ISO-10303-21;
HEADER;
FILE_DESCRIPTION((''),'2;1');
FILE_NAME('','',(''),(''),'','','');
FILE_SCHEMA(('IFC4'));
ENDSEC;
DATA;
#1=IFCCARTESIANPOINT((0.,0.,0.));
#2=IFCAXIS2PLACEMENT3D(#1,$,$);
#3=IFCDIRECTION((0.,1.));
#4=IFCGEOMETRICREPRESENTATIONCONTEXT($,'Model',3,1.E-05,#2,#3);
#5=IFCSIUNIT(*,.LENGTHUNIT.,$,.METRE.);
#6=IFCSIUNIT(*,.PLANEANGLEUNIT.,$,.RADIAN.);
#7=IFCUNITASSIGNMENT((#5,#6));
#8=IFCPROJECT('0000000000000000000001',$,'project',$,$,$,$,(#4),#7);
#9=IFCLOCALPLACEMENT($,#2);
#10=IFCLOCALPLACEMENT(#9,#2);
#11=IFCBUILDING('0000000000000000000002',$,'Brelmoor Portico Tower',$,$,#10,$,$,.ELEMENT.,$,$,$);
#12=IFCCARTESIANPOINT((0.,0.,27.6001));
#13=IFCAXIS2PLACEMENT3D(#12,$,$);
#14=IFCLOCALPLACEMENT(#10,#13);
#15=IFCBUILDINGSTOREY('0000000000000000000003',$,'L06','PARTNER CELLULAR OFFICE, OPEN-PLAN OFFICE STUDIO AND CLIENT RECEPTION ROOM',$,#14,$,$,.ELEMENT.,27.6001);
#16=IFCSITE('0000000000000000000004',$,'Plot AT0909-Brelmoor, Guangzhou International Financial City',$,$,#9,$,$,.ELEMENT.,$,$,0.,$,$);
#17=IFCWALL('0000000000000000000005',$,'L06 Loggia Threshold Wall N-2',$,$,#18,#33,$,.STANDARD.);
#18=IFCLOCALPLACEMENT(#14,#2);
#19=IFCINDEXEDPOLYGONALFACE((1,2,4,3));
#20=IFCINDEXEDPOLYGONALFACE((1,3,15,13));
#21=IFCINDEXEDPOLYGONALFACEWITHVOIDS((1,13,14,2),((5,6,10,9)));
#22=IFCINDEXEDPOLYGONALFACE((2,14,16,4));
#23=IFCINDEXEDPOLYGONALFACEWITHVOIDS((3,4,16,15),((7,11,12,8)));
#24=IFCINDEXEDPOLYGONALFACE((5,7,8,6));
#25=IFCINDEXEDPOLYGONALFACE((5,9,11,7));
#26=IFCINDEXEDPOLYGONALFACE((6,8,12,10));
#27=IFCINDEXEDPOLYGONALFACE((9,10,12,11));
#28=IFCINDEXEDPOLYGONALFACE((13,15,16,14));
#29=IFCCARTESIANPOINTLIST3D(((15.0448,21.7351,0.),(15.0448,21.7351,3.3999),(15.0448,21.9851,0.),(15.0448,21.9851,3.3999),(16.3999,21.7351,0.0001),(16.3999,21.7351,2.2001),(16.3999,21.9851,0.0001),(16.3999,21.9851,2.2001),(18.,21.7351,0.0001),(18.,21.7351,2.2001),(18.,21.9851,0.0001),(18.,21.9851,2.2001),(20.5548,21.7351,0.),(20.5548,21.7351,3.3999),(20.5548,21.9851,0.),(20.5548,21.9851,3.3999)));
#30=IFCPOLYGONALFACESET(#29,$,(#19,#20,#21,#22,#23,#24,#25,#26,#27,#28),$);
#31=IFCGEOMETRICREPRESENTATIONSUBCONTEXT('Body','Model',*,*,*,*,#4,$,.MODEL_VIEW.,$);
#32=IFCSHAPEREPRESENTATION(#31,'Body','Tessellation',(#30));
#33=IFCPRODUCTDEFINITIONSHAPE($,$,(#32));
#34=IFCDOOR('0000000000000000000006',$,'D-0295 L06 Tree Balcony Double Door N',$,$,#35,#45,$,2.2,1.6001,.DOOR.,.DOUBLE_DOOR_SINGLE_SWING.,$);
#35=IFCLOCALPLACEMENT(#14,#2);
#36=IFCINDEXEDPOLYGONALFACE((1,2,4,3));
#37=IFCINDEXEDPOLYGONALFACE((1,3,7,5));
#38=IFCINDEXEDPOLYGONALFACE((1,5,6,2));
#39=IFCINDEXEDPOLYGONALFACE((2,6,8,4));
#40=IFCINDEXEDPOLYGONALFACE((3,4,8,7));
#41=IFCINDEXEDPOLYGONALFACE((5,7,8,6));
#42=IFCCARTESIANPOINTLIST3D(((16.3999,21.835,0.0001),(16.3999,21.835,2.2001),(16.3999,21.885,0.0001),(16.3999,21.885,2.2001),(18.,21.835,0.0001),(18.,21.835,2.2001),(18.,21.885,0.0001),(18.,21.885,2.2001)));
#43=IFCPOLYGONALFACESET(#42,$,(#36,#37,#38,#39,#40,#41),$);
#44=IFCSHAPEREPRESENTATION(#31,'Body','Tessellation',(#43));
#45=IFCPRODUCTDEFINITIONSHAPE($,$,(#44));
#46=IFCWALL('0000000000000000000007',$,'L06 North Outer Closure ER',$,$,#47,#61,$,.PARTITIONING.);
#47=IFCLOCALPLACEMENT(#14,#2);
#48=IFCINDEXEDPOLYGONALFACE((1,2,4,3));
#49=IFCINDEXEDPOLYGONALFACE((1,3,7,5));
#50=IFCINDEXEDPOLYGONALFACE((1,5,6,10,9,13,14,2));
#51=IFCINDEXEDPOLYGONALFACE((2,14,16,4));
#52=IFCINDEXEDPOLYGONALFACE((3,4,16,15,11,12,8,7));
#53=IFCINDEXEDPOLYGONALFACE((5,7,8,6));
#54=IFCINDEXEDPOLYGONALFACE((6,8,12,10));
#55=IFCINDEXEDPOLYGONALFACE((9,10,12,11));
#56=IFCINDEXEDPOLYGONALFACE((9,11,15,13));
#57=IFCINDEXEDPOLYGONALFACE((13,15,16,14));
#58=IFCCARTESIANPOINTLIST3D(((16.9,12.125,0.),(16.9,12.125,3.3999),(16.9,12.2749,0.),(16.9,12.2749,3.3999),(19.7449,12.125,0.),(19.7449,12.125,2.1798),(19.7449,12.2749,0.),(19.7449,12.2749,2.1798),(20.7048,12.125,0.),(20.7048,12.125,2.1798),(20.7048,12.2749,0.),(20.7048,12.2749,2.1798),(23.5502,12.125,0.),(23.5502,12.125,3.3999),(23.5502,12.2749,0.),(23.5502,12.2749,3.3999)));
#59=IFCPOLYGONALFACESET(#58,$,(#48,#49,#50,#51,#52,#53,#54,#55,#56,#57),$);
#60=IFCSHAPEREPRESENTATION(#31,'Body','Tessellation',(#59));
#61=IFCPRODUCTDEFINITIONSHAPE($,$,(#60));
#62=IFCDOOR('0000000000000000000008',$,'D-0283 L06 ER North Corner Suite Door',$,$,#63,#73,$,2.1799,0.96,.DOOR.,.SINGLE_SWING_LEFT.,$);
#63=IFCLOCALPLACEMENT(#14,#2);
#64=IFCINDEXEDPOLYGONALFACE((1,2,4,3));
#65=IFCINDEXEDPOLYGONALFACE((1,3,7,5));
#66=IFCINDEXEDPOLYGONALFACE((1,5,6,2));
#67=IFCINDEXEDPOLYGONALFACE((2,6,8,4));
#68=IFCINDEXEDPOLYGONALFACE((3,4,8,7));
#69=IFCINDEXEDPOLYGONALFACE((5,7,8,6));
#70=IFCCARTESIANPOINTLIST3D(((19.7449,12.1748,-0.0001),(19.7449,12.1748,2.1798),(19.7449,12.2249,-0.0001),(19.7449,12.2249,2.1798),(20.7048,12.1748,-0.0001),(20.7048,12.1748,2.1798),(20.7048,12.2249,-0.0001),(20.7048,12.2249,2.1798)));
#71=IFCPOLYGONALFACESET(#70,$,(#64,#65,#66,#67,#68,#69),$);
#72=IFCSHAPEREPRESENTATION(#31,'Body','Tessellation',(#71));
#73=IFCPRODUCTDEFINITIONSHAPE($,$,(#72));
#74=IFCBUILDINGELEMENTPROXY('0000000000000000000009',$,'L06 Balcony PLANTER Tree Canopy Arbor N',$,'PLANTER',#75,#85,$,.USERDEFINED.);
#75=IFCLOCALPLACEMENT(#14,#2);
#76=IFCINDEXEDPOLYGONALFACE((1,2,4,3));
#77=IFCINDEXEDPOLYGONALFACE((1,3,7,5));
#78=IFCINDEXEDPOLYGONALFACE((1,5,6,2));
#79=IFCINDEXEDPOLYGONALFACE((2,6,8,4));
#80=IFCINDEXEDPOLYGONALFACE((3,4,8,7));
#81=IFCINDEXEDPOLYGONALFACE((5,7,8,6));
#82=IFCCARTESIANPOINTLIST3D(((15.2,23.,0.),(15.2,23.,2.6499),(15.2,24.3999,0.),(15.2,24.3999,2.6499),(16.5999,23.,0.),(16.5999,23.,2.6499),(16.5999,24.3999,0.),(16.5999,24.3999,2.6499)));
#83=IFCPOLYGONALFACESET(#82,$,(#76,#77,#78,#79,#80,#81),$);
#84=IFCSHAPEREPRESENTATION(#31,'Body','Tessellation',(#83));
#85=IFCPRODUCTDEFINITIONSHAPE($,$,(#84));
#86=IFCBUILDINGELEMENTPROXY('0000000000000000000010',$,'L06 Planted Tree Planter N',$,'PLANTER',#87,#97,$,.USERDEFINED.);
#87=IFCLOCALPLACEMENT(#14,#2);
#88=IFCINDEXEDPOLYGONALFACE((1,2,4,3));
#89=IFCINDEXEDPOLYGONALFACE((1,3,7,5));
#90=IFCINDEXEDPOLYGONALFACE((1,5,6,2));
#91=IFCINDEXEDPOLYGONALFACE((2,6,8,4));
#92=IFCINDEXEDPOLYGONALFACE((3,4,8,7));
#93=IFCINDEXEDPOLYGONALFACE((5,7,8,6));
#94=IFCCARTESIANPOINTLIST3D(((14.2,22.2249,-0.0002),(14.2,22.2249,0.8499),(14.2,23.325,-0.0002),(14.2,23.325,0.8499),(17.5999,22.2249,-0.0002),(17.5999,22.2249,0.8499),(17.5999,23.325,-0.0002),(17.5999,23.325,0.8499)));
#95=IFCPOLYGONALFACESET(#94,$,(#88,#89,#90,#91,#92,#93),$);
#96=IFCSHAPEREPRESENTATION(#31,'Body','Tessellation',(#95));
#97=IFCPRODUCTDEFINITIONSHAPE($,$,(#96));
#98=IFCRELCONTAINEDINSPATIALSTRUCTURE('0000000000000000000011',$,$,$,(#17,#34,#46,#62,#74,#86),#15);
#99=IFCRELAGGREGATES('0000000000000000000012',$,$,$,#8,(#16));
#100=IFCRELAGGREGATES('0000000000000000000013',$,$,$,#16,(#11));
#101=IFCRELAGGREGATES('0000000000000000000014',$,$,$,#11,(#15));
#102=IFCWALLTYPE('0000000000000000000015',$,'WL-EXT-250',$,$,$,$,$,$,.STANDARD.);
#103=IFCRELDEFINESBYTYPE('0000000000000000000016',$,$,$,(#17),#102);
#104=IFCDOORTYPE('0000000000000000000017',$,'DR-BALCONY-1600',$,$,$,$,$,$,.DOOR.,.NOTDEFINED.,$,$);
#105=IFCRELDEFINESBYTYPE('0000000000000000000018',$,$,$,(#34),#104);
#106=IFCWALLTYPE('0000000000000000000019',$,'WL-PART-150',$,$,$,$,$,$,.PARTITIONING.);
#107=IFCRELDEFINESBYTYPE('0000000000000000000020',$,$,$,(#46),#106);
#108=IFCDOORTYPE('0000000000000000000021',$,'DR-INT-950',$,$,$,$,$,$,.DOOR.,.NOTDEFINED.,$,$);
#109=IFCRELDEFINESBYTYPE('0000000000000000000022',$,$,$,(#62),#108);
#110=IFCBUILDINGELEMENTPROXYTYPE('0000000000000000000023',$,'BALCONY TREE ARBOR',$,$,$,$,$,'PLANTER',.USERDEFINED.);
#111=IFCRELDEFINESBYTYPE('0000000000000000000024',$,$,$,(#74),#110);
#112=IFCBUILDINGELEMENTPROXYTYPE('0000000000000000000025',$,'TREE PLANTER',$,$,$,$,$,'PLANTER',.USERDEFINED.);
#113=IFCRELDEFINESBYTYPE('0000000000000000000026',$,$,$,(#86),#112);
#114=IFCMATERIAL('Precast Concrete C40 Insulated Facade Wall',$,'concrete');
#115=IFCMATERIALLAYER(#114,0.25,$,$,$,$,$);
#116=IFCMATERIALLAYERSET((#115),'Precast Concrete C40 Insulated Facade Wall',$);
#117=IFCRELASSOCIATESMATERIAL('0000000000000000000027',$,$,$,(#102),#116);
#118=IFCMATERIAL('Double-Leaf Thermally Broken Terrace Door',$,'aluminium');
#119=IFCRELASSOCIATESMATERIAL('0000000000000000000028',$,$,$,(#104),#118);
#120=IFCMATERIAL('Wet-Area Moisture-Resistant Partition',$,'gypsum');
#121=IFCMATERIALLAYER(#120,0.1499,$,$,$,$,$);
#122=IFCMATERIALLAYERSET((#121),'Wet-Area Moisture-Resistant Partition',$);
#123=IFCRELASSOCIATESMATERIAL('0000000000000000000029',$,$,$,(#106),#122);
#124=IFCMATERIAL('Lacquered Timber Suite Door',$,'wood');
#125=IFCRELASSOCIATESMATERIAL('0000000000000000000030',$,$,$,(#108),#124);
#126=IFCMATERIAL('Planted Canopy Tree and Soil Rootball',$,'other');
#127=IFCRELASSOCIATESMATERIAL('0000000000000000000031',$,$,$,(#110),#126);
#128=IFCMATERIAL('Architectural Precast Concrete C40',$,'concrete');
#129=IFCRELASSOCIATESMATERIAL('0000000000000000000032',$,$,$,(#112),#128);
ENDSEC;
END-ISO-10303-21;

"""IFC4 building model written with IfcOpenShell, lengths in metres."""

from ifc_helpers import new_model, si_unit, direction, frame, frame_2d, origin, origin_2d, place, context, subcontext, project, spatial, rectangle, extrude, material, layer, layer_set, type_object, element, fill, save


model = new_model("IFC4")

# Units and contexts
model_context = context("Model", 3, precision=1e-05, world=origin(), true_north=direction((0.0, 1.0)))
body_context = subcontext(model_context, "Body", "Model", "MODEL_VIEW")
ifc_project = project(units=[si_unit("LENGTHUNIT", "METRE"), si_unit("PLANEANGLEUNIT", "RADIAN")], contexts=[model_context])

# Site, building, storey
site_placement = place(None, origin())
site = spatial("IfcSite", under=ifc_project, at=site_placement, Name="Plot AT0909-Brelmoor, Guangzhou International Financial City", CompositionType="ELEMENT", RefElevation=0.0)
building_placement = place(site_placement, origin())
building = spatial("IfcBuilding", under=site, at=building_placement, Name="Brelmoor Portico Tower", CompositionType="ELEMENT")
storey_placement = place(building_placement, frame((0.0, 0.0, 27.6001)))
storey = spatial("IfcBuildingStorey", under=building, at=storey_placement, Name="L06", Description="PARTNER CELLULAR OFFICE, OPEN-PLAN OFFICE STUDIO AND CLIENT RECEPTION ROOM", CompositionType="ELEMENT", Elevation=27.6001)

# Walls, openings, doors
ifc_material_1 = material(Name="Precast Concrete C40 Insulated Facade Wall", Category="concrete")
ifc_layer_1 = layer(ifc_material_1, 0.25)
ifc_layer_set_1 = layer_set([ifc_layer_1], Name="Precast Concrete C40 Insulated Facade Wall")
wall_type_1 = type_object("IfcWallType", Name="WL-EXT-250", PredefinedType="STANDARD", material=ifc_layer_set_1)
wall_1_placement = place(storey_placement, frame((15.0449, 21.8601, 0.0), z_axis=(0.0, 0.0, 1.0), x_axis=(1.0, 0.0, 0.0)))
wall_1 = element("IfcWall", 1, at=wall_1_placement, inside=storey, type_object=wall_type_1, Name="L06 Loggia Threshold Wall N-2", PredefinedType="STANDARD", context=body_context, shape_type="SweptSolid", body=[
    extrude(rectangle(XDim=5.51, YDim=0.25, at=frame_2d((2.7549, 0.0))), origin(), (0.0, 0.0, 1.0), 3.3999),
])
opening_1_placement = place(wall_1_placement, frame((1.355, 0.0, 0.0)))
opening_1 = element("IfcOpeningElement", 2, at=opening_1_placement, cuts=wall_1, PredefinedType="OPENING", context=body_context, shape_type="SweptSolid", body=[
    extrude(rectangle(XDim=1.6001, YDim=2.2, at=frame_2d((0.8, 1.1001))), frame((0.0, 0.135, 0.0), z_axis=(0.0, -1.0, 0.0), x_axis=(1.0, 0.0, 0.0)), (0.0, 0.0, 1.0), 0.27),
])
ifc_material_2 = material(Name="Double-Leaf Thermally Broken Terrace Door", Category="aluminium")
door_type_1 = type_object("IfcDoorType", Name="DR-BALCONY-1600", OperationType="NOTDEFINED", PredefinedType="DOOR", material=ifc_material_2)
door_1_placement = place(opening_1_placement, origin())
door_1 = element("IfcDoor", 3, at=door_1_placement, inside=storey, type_object=door_type_1, Name="D-0295 L06 Tree Balcony Double Door N", OperationType="DOUBLE_DOOR_SINGLE_SWING", OverallHeight=2.2, OverallWidth=1.6001, PredefinedType="DOOR", context=body_context, shape_type="SweptSolid", body=[
    extrude(rectangle(XDim=1.6001, YDim=2.2, at=frame_2d((0.8, 1.1001))), frame((0.0, 0.0249, 0.0), z_axis=(0.0, -1.0, 0.0), x_axis=(1.0, 0.0, 0.0)), (0.0, 0.0, 1.0), 0.05),
])
fill(opening_1, door_1)
ifc_material_3 = material(Name="Wet-Area Moisture-Resistant Partition", Category="gypsum")
ifc_layer_2 = layer(ifc_material_3, 0.1499)
ifc_layer_set_2 = layer_set([ifc_layer_2], Name="Wet-Area Moisture-Resistant Partition")
wall_type_2 = type_object("IfcWallType", Name="WL-PART-150", PredefinedType="PARTITIONING", material=ifc_layer_set_2)
wall_2_placement = place(storey_placement, frame((16.8999, 12.2, 0.0), z_axis=(0.0, 0.0, 1.0), x_axis=(1.0, 0.0, 0.0)))
wall_2 = element("IfcWall", 4, at=wall_2_placement, inside=storey, type_object=wall_type_2, Name="L06 North Outer Closure ER", PredefinedType="PARTITIONING", context=body_context, shape_type="SweptSolid", body=[
    extrude(rectangle(XDim=6.6501, YDim=0.1499, at=frame_2d((3.3252, 0.0))), origin(), (0.0, 0.0, 1.0), 3.3999),
])
opening_2_placement = place(wall_2_placement, frame((2.845, 0.0, 0.0)))
opening_2 = element("IfcOpeningElement", 5, at=opening_2_placement, cuts=wall_2, PredefinedType="OPENING", context=body_context, shape_type="SweptSolid", body=[
    extrude(rectangle(XDim=0.96, YDim=2.1799, at=frame_2d((0.48, 1.0898))), frame((0.0, 0.085, 0.0), z_axis=(0.0, -1.0, 0.0), x_axis=(1.0, 0.0, 0.0)), (0.0, 0.0, 1.0), 0.1699),
])
ifc_material_4 = material(Name="Lacquered Timber Suite Door", Category="wood")
door_type_2 = type_object("IfcDoorType", Name="DR-INT-950", OperationType="NOTDEFINED", PredefinedType="DOOR", material=ifc_material_4)
door_2_placement = place(opening_2_placement, origin())
door_2 = element("IfcDoor", 6, at=door_2_placement, inside=storey, type_object=door_type_2, Name="D-0283 L06 ER North Corner Suite Door", OperationType="SINGLE_SWING_LEFT", OverallHeight=2.1799, OverallWidth=0.96, PredefinedType="DOOR", context=body_context, shape_type="SweptSolid", body=[
    extrude(rectangle(XDim=0.96, YDim=2.1799, at=frame_2d((0.48, 1.0898))), frame((0.0, 0.0249, 0.0), z_axis=(0.0, -1.0, 0.0), x_axis=(1.0, 0.0, 0.0)), (0.0, 0.0, 1.0), 0.05),
])
fill(opening_2, door_2)

# Building element proxies
ifc_material_5 = material(Name="Planted Canopy Tree and Soil Rootball", Category="other")
building_element_proxy_type_1 = type_object("IfcBuildingElementProxyType", Name="BALCONY TREE ARBOR", ElementType="PLANTER", PredefinedType="USERDEFINED", material=ifc_material_5)
proxy_1_placement = place(storey_placement, frame((15.8999, 23.7, 0.0), z_axis=(0.0, 0.0, 1.0), x_axis=(1.0, 0.0, 0.0)))
element("IfcBuildingElementProxy", 7, at=proxy_1_placement, inside=storey, type_object=building_element_proxy_type_1, Name="L06 Balcony PLANTER Tree Canopy Arbor N", ObjectType="PLANTER", PredefinedType="USERDEFINED", context=body_context, shape_type="SweptSolid", body=[
    extrude(rectangle(XDim=1.3999, YDim=1.3999, at=origin_2d()), origin(), (0.0, 0.0, 1.0), 2.6499),
])
ifc_material_6 = material(Name="Architectural Precast Concrete C40", Category="concrete")
building_element_proxy_type_2 = type_object("IfcBuildingElementProxyType", Name="TREE PLANTER", ElementType="PLANTER", PredefinedType="USERDEFINED", material=ifc_material_6)
proxy_2_placement = place(storey_placement, frame((15.8999, 22.7749, -0.0002), z_axis=(0.0, 0.0, 1.0), x_axis=(1.0, 0.0, 0.0)))
element("IfcBuildingElementProxy", 8, at=proxy_2_placement, inside=storey, type_object=building_element_proxy_type_2, Name="L06 Planted Tree Planter N", ObjectType="PLANTER", PredefinedType="USERDEFINED", context=body_context, shape_type="SweptSolid", body=[
    extrude(rectangle(XDim=3.3999, YDim=1.1001, at=origin_2d()), origin(), (0.0, 0.0, 1.0), 0.8501),
])

save(model, "model.ifc")
